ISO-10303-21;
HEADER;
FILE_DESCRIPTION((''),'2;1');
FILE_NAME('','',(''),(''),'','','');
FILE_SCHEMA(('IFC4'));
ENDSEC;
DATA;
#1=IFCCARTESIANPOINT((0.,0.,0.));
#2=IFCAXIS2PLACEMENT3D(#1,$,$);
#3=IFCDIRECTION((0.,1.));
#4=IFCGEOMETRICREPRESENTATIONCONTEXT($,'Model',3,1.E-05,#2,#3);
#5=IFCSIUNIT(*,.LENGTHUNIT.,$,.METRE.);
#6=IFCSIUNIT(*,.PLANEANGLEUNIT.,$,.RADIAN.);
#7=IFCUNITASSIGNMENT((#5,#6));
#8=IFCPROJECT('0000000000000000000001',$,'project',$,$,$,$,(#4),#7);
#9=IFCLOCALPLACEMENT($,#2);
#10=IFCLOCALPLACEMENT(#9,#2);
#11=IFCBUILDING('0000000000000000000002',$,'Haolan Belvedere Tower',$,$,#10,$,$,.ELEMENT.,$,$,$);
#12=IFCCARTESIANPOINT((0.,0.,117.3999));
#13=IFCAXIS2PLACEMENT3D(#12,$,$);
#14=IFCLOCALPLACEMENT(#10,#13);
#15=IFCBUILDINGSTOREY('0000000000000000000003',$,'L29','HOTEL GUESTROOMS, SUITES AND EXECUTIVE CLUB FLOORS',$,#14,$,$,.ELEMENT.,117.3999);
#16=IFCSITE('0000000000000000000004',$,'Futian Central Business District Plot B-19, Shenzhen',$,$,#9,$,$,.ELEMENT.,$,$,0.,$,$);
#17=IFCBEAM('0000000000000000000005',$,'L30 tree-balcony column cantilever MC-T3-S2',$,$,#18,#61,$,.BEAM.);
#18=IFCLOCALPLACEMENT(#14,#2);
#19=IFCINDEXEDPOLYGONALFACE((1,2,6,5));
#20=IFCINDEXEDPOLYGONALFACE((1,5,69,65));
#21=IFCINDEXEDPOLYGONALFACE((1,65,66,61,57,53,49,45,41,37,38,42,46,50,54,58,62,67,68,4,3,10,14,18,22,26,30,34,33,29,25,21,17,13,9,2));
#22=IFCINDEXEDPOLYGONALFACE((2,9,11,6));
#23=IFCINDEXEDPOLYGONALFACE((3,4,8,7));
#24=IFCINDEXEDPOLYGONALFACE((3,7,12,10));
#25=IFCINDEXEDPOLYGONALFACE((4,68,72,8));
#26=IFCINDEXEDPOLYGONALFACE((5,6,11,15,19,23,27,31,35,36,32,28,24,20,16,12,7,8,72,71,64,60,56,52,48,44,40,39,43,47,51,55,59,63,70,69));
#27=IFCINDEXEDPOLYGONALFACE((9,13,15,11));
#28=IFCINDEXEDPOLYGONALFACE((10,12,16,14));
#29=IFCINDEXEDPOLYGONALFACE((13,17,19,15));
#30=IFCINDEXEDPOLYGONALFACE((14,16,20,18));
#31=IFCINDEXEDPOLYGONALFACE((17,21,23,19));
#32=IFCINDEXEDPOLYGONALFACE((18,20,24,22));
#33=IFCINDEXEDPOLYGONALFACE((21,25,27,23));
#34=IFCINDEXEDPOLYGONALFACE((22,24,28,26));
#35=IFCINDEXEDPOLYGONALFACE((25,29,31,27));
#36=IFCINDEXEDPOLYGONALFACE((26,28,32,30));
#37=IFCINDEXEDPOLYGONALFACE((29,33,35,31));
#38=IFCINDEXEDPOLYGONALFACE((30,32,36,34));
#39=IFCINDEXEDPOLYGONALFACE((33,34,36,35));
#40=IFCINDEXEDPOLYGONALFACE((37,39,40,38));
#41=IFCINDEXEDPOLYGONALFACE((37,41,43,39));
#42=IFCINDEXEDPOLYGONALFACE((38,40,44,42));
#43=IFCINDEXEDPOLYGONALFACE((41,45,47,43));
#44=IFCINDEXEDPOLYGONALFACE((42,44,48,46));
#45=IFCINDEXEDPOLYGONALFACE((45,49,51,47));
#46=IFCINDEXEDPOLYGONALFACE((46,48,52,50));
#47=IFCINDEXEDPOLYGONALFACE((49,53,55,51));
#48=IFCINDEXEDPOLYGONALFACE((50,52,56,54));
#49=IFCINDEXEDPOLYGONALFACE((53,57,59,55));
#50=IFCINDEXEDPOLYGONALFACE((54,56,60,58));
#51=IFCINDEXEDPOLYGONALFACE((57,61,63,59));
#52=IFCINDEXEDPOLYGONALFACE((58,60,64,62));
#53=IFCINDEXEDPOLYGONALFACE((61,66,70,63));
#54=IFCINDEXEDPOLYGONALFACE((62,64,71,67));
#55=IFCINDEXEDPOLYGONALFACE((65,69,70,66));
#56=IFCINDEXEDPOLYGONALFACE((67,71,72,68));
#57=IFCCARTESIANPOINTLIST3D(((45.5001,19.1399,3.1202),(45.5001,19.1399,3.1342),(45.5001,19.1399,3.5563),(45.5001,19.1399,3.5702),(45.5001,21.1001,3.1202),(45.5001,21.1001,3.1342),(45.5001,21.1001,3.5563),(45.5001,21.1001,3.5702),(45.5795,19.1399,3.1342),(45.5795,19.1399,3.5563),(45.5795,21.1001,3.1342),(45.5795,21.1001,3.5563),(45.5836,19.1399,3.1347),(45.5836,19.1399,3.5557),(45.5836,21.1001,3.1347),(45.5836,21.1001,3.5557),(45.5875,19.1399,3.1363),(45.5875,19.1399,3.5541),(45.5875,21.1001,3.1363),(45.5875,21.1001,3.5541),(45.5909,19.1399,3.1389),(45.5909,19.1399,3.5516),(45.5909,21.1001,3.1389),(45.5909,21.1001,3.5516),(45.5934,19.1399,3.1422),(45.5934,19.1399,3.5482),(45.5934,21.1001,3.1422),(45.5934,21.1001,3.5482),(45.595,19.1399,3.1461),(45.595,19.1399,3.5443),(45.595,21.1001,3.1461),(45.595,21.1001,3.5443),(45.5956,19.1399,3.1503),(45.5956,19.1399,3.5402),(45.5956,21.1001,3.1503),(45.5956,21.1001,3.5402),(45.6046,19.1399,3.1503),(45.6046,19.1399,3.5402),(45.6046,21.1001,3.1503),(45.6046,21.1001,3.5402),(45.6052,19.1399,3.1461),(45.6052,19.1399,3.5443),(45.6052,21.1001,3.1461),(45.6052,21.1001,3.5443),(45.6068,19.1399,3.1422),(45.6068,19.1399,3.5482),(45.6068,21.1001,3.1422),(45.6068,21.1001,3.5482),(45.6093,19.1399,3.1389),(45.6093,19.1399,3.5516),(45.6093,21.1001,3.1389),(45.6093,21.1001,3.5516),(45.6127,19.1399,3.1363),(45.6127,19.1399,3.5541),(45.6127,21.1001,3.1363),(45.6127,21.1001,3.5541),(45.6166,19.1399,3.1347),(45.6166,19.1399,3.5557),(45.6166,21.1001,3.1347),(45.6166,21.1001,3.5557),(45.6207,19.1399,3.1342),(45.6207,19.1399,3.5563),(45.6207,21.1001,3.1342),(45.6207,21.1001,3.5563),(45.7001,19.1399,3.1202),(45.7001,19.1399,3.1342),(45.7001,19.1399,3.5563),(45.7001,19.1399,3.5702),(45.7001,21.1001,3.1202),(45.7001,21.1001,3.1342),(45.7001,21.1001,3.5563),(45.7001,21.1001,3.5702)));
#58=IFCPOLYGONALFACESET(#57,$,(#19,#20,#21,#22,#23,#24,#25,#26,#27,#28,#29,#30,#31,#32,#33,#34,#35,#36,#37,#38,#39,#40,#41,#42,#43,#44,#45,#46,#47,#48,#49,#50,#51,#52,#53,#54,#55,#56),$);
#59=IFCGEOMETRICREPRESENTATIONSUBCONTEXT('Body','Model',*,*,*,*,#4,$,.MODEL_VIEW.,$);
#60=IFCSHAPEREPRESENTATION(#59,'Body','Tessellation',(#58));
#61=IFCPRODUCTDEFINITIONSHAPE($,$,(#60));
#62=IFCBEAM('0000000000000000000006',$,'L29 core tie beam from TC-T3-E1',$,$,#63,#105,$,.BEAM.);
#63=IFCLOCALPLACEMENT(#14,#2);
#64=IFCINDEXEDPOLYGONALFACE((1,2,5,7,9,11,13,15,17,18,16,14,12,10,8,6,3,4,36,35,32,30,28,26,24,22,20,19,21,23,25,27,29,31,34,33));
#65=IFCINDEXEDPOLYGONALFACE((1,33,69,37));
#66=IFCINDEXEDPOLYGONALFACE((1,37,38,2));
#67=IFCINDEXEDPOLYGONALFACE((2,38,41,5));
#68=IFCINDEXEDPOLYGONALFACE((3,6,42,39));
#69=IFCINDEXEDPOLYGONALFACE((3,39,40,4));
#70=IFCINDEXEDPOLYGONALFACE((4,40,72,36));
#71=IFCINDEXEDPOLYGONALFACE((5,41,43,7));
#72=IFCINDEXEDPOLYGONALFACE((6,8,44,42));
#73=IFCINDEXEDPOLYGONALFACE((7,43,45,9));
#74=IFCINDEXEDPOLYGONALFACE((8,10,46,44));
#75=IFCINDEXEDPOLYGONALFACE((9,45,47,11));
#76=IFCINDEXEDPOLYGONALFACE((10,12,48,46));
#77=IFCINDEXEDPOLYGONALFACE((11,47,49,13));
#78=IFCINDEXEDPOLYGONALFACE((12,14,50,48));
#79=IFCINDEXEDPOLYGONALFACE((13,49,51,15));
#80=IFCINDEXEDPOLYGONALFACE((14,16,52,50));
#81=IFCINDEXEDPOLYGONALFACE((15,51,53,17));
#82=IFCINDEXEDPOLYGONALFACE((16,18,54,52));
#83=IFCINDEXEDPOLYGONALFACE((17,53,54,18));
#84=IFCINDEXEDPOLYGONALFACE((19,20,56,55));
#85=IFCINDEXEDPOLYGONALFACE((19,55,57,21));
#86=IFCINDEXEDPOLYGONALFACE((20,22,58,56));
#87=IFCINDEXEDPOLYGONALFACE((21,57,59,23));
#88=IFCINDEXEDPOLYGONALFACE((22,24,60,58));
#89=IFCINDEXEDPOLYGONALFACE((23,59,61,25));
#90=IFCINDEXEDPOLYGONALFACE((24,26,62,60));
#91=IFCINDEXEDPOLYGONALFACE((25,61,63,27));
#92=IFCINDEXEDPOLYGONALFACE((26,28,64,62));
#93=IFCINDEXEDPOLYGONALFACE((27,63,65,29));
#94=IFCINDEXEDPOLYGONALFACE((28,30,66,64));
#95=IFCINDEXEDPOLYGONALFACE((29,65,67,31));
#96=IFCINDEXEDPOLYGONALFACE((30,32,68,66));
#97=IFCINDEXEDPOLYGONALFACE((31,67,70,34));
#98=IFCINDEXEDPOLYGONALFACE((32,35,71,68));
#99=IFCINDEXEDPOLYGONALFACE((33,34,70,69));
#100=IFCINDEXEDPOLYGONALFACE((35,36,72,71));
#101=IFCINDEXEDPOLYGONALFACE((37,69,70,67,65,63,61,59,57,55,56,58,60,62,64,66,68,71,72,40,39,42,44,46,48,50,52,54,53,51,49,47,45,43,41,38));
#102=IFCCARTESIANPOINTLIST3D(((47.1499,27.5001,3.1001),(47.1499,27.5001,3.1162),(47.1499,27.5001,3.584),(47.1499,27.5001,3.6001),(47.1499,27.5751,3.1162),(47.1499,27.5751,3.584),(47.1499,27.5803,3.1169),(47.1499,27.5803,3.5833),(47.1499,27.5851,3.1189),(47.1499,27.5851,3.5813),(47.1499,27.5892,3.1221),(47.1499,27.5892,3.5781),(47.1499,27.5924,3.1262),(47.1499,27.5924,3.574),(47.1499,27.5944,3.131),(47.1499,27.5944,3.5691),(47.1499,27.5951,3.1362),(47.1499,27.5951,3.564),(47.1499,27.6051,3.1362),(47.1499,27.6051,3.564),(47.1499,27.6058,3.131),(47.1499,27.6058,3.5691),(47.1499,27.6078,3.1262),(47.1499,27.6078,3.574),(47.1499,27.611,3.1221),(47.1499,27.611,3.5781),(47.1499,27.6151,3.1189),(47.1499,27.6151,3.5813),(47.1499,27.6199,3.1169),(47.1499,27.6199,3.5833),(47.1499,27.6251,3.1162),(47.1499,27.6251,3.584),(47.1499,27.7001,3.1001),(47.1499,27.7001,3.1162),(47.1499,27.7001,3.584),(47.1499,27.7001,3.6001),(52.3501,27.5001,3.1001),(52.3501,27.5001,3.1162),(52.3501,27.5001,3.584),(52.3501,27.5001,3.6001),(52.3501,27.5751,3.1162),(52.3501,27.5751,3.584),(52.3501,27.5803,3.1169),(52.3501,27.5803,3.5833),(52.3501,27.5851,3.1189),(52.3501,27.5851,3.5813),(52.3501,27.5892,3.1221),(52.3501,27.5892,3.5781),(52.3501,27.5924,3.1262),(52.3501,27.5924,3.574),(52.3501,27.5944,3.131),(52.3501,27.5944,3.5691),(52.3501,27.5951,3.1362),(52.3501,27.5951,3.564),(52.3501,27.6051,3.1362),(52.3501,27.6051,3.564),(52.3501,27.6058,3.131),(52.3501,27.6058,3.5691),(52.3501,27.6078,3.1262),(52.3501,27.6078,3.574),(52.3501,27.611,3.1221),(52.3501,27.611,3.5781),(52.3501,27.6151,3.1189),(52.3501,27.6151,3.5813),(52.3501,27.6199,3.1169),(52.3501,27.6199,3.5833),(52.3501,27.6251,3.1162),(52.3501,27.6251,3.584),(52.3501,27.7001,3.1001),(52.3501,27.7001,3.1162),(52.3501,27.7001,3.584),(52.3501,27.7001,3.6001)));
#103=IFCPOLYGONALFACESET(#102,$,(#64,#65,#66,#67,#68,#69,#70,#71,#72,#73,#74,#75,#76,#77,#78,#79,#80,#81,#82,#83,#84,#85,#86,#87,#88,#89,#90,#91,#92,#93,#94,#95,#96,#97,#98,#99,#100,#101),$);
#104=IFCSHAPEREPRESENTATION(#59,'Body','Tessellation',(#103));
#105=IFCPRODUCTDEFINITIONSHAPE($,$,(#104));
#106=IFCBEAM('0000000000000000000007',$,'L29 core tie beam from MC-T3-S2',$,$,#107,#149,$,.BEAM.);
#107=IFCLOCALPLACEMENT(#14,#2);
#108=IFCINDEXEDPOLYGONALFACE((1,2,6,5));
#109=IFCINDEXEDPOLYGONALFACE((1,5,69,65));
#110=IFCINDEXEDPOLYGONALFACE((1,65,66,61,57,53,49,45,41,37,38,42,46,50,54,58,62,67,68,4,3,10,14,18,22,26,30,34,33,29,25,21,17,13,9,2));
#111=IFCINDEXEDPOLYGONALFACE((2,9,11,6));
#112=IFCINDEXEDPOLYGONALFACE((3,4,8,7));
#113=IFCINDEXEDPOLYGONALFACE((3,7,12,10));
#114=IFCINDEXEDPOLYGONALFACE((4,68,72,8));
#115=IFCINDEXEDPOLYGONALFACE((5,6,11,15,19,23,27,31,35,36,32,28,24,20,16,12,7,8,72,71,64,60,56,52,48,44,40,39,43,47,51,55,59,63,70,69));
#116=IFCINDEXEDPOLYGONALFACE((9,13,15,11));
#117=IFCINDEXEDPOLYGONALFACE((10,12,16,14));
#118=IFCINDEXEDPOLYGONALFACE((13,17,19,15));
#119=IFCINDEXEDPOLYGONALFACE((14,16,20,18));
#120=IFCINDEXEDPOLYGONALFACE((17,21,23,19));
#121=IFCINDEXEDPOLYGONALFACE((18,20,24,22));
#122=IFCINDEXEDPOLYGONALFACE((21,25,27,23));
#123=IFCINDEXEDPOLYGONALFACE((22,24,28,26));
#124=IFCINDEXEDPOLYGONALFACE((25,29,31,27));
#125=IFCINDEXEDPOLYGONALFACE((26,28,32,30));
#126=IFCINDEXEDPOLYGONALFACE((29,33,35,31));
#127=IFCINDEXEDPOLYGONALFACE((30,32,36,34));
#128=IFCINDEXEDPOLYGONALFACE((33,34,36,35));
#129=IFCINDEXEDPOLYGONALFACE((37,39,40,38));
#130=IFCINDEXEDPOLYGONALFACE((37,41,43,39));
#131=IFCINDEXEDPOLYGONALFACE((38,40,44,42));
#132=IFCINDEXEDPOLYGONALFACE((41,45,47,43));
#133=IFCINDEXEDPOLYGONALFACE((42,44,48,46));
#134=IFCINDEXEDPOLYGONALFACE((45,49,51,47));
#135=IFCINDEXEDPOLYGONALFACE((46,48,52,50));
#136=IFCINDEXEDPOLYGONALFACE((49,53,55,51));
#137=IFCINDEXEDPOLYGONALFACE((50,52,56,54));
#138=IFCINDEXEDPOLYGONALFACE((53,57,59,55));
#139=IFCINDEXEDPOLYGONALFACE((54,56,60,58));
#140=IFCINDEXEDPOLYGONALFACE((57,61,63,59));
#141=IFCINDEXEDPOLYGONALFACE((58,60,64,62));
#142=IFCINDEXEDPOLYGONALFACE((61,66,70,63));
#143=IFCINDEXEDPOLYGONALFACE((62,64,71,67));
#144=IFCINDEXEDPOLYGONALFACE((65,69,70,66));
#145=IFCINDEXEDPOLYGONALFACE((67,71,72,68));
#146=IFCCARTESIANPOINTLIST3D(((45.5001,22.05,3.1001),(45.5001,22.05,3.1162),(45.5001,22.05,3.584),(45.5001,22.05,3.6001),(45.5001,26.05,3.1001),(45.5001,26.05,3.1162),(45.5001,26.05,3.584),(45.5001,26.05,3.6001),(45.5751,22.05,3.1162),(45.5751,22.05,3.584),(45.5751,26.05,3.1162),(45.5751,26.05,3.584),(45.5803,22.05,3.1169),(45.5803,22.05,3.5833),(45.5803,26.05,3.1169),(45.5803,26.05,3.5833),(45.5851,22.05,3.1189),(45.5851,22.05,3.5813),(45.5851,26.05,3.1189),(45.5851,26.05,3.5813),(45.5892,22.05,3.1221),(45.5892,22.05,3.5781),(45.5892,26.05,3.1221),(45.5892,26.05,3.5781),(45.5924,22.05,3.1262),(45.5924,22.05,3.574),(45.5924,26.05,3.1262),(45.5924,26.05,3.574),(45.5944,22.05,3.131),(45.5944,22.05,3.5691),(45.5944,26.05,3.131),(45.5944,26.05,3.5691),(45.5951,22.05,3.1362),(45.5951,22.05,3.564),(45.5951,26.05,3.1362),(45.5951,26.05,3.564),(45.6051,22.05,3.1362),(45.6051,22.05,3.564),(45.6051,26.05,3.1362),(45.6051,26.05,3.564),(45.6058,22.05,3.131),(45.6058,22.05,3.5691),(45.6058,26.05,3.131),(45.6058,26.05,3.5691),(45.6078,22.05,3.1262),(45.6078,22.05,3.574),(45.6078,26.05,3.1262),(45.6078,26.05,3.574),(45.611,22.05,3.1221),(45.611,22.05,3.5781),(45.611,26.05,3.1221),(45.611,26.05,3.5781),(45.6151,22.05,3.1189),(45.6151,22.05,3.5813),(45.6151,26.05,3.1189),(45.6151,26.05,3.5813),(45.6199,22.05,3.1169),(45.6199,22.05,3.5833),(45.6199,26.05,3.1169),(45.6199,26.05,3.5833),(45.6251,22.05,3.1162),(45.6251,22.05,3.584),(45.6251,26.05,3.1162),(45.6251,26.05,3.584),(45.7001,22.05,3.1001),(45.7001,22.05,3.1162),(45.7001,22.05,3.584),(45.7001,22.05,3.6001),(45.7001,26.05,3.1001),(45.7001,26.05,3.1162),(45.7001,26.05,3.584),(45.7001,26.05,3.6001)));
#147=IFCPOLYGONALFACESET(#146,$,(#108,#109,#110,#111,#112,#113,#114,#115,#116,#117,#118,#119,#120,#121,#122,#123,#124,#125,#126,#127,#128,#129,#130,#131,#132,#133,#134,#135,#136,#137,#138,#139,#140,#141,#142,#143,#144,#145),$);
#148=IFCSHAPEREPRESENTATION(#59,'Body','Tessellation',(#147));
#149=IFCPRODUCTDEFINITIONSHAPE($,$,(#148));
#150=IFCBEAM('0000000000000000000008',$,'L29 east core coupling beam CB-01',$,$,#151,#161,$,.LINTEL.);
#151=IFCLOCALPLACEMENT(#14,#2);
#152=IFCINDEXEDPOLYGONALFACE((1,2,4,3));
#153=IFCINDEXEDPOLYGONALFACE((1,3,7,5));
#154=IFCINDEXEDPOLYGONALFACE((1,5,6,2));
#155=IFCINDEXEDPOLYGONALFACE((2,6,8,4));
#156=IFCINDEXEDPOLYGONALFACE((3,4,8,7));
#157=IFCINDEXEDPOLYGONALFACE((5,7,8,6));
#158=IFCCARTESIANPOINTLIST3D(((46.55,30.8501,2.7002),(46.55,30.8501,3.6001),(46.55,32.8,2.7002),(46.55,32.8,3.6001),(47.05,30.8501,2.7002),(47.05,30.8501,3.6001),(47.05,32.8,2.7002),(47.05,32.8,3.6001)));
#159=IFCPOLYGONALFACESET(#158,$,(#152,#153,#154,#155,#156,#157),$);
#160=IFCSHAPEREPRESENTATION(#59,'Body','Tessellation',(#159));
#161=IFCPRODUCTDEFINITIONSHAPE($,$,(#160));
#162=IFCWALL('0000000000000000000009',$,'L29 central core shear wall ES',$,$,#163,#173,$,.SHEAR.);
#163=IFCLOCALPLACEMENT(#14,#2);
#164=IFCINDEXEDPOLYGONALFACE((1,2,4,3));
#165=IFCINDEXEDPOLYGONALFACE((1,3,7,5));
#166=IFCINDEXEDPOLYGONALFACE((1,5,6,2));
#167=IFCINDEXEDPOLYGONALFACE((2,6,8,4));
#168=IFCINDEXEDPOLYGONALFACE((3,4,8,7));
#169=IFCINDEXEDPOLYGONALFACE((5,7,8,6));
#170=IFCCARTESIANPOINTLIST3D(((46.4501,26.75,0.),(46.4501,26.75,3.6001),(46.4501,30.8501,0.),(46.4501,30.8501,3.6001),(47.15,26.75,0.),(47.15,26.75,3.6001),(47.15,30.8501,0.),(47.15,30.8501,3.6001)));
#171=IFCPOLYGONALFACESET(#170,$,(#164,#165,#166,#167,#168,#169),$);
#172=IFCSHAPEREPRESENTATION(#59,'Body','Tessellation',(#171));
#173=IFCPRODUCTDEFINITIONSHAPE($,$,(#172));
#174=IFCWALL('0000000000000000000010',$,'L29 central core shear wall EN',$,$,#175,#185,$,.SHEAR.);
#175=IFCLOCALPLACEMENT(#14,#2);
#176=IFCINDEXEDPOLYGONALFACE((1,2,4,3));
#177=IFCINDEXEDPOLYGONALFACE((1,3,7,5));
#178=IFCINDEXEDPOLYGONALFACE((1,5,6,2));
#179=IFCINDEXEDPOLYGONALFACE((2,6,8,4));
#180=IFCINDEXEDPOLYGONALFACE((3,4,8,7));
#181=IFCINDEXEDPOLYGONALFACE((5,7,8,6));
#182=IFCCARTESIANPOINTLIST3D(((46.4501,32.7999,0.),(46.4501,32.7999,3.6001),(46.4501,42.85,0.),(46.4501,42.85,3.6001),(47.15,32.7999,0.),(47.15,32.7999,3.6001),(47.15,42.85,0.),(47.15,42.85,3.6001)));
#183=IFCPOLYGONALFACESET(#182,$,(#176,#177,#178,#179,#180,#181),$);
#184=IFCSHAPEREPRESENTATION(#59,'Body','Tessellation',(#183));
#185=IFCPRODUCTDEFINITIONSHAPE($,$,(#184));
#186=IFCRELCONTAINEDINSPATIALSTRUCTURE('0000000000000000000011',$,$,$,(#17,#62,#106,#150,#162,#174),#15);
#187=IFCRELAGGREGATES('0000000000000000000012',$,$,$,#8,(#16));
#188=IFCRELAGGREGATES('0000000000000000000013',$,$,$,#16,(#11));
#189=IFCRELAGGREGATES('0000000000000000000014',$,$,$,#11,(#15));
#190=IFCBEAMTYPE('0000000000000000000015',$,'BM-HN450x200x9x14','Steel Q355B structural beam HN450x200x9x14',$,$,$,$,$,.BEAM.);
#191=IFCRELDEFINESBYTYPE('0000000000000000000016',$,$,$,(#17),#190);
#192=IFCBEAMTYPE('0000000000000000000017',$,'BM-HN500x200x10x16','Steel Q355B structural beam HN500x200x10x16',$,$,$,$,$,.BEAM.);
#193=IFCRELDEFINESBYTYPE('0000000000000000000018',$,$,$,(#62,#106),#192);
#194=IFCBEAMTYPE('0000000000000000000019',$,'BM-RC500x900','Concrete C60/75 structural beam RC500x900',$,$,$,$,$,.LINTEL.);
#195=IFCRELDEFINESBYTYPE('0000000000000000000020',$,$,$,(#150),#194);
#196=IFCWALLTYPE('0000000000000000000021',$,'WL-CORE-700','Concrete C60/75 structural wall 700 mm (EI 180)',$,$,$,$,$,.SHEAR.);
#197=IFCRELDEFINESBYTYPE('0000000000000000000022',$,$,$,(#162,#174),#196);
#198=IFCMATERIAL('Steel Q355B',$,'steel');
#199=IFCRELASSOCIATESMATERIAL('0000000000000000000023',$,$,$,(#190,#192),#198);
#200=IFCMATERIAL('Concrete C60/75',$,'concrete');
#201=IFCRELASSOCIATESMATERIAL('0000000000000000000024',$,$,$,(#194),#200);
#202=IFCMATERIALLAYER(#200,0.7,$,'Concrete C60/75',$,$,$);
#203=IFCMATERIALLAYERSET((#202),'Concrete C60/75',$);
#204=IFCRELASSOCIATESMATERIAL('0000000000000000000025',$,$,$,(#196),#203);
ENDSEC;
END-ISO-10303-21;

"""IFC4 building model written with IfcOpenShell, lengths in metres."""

from ifc_helpers import new_model, si_unit, direction, frame, frame_2d, origin, origin_2d, place, context, subcontext, project, spatial, rectangle, i_section, extrude, material, layer, layer_set, material_profile, profile_set, type_object, element, save


model = new_model("IFC4")

# Units and contexts
model_context = context("Model", 3, precision=1e-05, world=origin(), true_north=direction((0.0, 1.0)))
body_context = subcontext(model_context, "Body", "Model", "MODEL_VIEW")
ifc_project = project(units=[si_unit("LENGTHUNIT", "METRE"), si_unit("PLANEANGLEUNIT", "RADIAN")], contexts=[model_context])

# Site, building, storey
site_placement = place(None, origin())
site = spatial("IfcSite", under=ifc_project, at=site_placement, Name="Futian Central Business District Plot B-19, Shenzhen", CompositionType="ELEMENT", RefElevation=0.0)
building_placement = place(site_placement, origin())
building = spatial("IfcBuilding", under=site, at=building_placement, Name="Haolan Belvedere Tower", CompositionType="ELEMENT")
storey_placement = place(building_placement, frame((0.0, 0.0, 117.3999)))
storey = spatial("IfcBuildingStorey", under=building, at=storey_placement, Name="L29", Description="HOTEL GUESTROOMS, SUITES AND EXECUTIVE CLUB FLOORS", CompositionType="ELEMENT", Elevation=117.3999)

# Beams
ifc_material_1 = material(Name="Steel Q355B", Category="steel")
ifc_material_profile_1 = material_profile(ifc_material_1, i_section(OverallWidth=0.2, OverallDepth=0.45, WebThickness=0.009, FlangeThickness=0.0139, FilletRadius=0.0161, at=origin_2d()), Name="Steel Q355B")
ifc_profile_set_1 = profile_set([ifc_material_profile_1], Name="Steel Q355B")
beam_type_1 = type_object("IfcBeamType", Name="BM-HN450x200x9x14", Description="Steel Q355B structural beam HN450x200x9x14", PredefinedType="BEAM", material=ifc_profile_set_1)
beam_1_placement = place(storey_placement, frame((45.6001, 21.1001, 3.3452), z_axis=(0.0, -1.0, 0.0), x_axis=(1.0, 0.0, 0.0)))
element("IfcBeam", 1, at=beam_1_placement, inside=storey, type_object=beam_type_1, Name="L30 tree-balcony column cantilever MC-T3-S2", PredefinedType="BEAM", context=body_context, shape_type="SweptSolid", body=[
    extrude(i_section(OverallWidth=0.2, OverallDepth=0.45, WebThickness=0.009, FlangeThickness=0.0139, FilletRadius=0.0161, at=origin_2d()), origin(), (0.0, 0.0, 1.0), 1.9602),
])
ifc_material_profile_2 = material_profile(ifc_material_1, i_section(OverallWidth=0.2, OverallDepth=0.5, WebThickness=0.01, FlangeThickness=0.0161, FilletRadius=0.02, at=origin_2d()), Name="Steel Q355B")
ifc_profile_set_2 = profile_set([ifc_material_profile_2], Name="Steel Q355B")
beam_type_2 = type_object("IfcBeamType", Name="BM-HN500x200x10x16", Description="Steel Q355B structural beam HN500x200x10x16", PredefinedType="BEAM", material=ifc_profile_set_2)
beam_2_placement = place(storey_placement, frame((52.3501, 27.6001, 3.3501), z_axis=(-1.0, 0.0, 0.0), x_axis=(0.0, -1.0, 0.0)))
element("IfcBeam", 2, at=beam_2_placement, inside=storey, type_object=beam_type_2, Name="L29 core tie beam from TC-T3-E1", PredefinedType="BEAM", context=body_context, shape_type="SweptSolid", body=[
    extrude(i_section(OverallWidth=0.2, OverallDepth=0.5, WebThickness=0.01, FlangeThickness=0.0161, FilletRadius=0.02, at=origin_2d()), origin(), (0.0, 0.0, 1.0), 5.2002),
])
beam_3_placement = place(storey_placement, frame((45.6001, 22.05, 3.3501), z_axis=(0.0, 1.0, 0.0), x_axis=(-1.0, 0.0, 0.0)))
element("IfcBeam", 3, at=beam_3_placement, inside=storey, type_object=beam_type_2, Name="L29 core tie beam from MC-T3-S2", PredefinedType="BEAM", context=body_context, shape_type="SweptSolid", body=[
    extrude(i_section(OverallWidth=0.2, OverallDepth=0.5, WebThickness=0.01, FlangeThickness=0.0161, FilletRadius=0.02, at=origin_2d()), origin(), (0.0, 0.0, 1.0), 4.0),
])
ifc_material_2 = material(Name="Concrete C60/75", Category="concrete")
ifc_material_profile_3 = material_profile(ifc_material_2, rectangle(XDim=0.5, YDim=0.8999, at=origin_2d()), Name="Concrete C60/75")
ifc_profile_set_3 = profile_set([ifc_material_profile_3], Name="Concrete C60/75")
beam_type_3 = type_object("IfcBeamType", Name="BM-RC500x900", Description="Concrete C60/75 structural beam RC500x900", PredefinedType="LINTEL", material=ifc_profile_set_3)
beam_4_placement = place(storey_placement, frame((46.8, 30.8501, 3.1501), z_axis=(0.0, 1.0, 0.0), x_axis=(-1.0, 0.0, 0.0)))
element("IfcBeam", 4, at=beam_4_placement, inside=storey, type_object=beam_type_3, Name="L29 east core coupling beam CB-01", PredefinedType="LINTEL", context=body_context, shape_type="SweptSolid", body=[
    extrude(rectangle(XDim=0.5, YDim=0.8999, at=origin_2d()), origin(), (0.0, 0.0, 1.0), 1.95),
])

# Walls
ifc_layer_1 = layer(ifc_material_2, 0.7, Name="Concrete C60/75")
ifc_layer_set_1 = layer_set([ifc_layer_1], Name="Concrete C60/75")
wall_type_1 = type_object("IfcWallType", Name="WL-CORE-700", Description="Concrete C60/75 structural wall 700 mm (EI 180)", PredefinedType="SHEAR", material=ifc_layer_set_1)
wall_1_placement = place(storey_placement, frame((46.8, 26.75, 0.0), z_axis=(0.0, 0.0, 1.0), x_axis=(0.0, 1.0, 0.0)))
element("IfcWall", 5, at=wall_1_placement, inside=storey, type_object=wall_type_1, Name="L29 central core shear wall ES", PredefinedType="SHEAR", context=body_context, shape_type="SweptSolid", body=[
    extrude(rectangle(XDim=4.1001, YDim=0.7, at=frame_2d((2.05, 0.0))), origin(), (0.0, 0.0, 1.0), 3.6001),
])
wall_2_placement = place(storey_placement, frame((46.8, 32.8, 0.0), z_axis=(0.0, 0.0, 1.0), x_axis=(0.0, 1.0, 0.0)))
element("IfcWall", 6, at=wall_2_placement, inside=storey, type_object=wall_type_1, Name="L29 central core shear wall EN", PredefinedType="SHEAR", context=body_context, shape_type="SweptSolid", body=[
    extrude(rectangle(XDim=10.05, YDim=0.7, at=frame_2d((5.0249, 0.0))), origin(), (0.0, 0.0, 1.0), 3.6001),
])

save(model, "model.ifc")
